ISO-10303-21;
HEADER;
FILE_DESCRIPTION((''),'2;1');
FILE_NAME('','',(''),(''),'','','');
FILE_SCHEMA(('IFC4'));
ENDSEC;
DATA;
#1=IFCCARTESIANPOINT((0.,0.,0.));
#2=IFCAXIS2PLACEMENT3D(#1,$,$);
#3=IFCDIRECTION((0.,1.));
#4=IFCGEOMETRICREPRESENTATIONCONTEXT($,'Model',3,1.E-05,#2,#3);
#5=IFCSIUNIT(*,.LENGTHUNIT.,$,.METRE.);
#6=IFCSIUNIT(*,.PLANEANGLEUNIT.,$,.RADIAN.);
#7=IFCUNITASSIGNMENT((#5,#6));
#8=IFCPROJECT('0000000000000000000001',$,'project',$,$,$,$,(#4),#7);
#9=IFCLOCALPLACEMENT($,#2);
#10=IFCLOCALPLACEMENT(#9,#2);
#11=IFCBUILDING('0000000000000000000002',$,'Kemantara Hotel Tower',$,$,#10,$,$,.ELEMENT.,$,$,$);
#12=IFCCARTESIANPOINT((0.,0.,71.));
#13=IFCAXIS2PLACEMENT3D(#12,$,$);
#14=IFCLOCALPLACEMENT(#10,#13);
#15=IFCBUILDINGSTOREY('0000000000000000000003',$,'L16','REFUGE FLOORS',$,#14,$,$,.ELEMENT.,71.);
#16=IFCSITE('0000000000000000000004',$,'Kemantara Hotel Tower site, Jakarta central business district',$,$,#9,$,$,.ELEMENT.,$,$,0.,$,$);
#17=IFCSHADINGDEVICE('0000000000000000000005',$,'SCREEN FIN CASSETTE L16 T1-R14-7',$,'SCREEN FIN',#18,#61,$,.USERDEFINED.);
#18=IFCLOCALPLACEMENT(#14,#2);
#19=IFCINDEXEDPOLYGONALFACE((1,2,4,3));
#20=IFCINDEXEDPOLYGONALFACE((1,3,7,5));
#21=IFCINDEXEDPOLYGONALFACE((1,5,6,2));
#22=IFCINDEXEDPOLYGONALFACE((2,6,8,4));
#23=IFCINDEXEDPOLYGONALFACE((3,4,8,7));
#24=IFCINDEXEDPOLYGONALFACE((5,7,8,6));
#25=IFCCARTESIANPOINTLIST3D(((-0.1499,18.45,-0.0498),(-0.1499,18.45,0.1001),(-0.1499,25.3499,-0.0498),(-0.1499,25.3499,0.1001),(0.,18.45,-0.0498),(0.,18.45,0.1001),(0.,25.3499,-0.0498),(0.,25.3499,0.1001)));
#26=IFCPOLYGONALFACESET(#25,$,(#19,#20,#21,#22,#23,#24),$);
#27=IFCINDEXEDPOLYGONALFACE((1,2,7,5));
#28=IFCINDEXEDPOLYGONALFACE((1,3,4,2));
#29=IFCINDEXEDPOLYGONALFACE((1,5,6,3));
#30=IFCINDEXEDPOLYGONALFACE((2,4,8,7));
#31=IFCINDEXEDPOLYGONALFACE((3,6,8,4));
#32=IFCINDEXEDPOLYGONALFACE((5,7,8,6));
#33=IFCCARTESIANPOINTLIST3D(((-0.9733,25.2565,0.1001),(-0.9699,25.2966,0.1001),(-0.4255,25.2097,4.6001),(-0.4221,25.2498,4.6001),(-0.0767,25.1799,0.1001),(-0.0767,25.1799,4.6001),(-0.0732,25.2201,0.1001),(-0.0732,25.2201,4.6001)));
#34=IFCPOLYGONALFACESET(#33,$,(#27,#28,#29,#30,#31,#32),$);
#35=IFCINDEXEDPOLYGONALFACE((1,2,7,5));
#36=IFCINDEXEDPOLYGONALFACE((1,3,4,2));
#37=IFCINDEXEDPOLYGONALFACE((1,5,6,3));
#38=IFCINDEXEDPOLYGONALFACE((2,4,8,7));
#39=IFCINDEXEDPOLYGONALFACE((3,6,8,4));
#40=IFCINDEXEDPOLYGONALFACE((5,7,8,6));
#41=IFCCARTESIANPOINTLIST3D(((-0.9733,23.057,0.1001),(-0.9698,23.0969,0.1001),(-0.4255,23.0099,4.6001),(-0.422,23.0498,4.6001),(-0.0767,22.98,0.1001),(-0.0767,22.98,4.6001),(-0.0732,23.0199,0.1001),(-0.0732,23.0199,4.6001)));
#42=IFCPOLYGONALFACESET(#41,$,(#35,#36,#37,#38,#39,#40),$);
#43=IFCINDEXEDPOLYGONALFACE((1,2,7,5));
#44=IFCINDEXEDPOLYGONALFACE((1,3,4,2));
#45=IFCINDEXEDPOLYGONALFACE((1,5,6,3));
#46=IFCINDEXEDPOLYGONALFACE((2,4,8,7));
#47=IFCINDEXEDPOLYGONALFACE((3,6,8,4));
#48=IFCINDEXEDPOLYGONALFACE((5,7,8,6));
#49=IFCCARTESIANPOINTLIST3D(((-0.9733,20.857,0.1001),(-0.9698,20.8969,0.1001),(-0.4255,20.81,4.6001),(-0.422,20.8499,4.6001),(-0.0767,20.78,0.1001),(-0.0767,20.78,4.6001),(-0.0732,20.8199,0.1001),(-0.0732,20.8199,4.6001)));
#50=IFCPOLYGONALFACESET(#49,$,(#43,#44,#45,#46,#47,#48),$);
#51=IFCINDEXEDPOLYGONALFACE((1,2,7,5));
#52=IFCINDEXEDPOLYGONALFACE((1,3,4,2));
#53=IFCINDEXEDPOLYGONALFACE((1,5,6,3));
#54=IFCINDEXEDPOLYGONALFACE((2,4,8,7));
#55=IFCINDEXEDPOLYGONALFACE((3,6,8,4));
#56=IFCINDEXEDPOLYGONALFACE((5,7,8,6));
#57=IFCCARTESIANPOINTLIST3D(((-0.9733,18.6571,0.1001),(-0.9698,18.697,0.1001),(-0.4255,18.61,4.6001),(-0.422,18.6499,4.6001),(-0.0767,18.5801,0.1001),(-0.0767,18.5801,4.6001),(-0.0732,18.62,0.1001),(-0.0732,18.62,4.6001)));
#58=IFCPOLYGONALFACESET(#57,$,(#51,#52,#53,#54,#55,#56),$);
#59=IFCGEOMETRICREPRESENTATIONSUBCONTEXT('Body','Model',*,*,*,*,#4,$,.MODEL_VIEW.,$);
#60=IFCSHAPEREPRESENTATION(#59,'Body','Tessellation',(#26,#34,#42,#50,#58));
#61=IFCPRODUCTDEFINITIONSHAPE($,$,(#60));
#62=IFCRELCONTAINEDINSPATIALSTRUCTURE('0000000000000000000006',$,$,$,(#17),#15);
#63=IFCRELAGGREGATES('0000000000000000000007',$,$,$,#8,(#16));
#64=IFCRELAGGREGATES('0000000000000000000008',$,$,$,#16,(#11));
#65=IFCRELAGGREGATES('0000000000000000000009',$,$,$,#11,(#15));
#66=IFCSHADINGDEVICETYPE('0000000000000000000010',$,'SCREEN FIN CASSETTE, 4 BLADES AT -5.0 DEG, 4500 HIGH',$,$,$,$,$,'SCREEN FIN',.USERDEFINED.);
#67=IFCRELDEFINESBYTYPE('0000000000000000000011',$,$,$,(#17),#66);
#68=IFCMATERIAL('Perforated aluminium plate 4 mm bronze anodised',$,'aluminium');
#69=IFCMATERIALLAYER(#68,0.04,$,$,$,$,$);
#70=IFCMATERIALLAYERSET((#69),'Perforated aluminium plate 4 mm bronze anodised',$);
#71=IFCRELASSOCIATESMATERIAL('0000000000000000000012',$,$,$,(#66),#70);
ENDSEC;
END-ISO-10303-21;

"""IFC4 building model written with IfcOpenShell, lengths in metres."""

from ifc_helpers import new_model, si_unit, direction, frame, origin, origin_2d, place, context, subcontext, project, spatial, polyline, rectangle, outline, extrude, source, transform, mapped, material, layer, layer_set, type_object, element, save


model = new_model("IFC4")

# Units and contexts
model_context = context("Model", 3, precision=1e-05, world=origin(), true_north=direction((0.0, 1.0)))
body_context = subcontext(model_context, "Body", "Model", "MODEL_VIEW")
ifc_project = project(units=[si_unit("LENGTHUNIT", "METRE"), si_unit("PLANEANGLEUNIT", "RADIAN")], contexts=[model_context])

# Site, building, storey
site_placement = place(None, origin())
site = spatial("IfcSite", under=ifc_project, at=site_placement, Name="Kemantara Hotel Tower site, Jakarta central business district", CompositionType="ELEMENT", RefElevation=0.0)
building_placement = place(site_placement, origin())
building = spatial("IfcBuilding", under=site, at=building_placement, Name="Kemantara Hotel Tower", CompositionType="ELEMENT")
storey_placement = place(building_placement, frame((0.0, 0.0, 71.0)))
storey = spatial("IfcBuildingStorey", under=building, at=storey_placement, Name="L16", Description="REFUGE FLOORS", CompositionType="ELEMENT", Elevation=71.0)

# Shading device
ifc_material_1 = material(Name="Perforated aluminium plate 4 mm bronze anodised", Category="aluminium")
ifc_layer_1 = layer(ifc_material_1, 0.04)
ifc_layer_set_1 = layer_set([ifc_layer_1], Name="Perforated aluminium plate 4 mm bronze anodised")
shading_device_type = type_object("IfcShadingDeviceType", Name="SCREEN FIN CASSETTE, 4 BLADES AT -5.0 DEG, 4500 HIGH", ElementType="SCREEN FIN", PredefinedType="USERDEFINED", material=ifc_layer_set_1)
shared_shape_1 = source(origin(), body_context, "Body", "SweptSolid", [
    extrude(rectangle(XDim=6.8999, YDim=0.1499, at=origin_2d()), frame((3.3, -0.075, -0.1499), z_axis=(0.0, 0.0, 1.0), x_axis=(1.0, 0.0, 0.0)), (0.0, 0.0, 1.0), 0.1499),
    extrude(outline(polyline([(0.0, 0.0), (0.8999, 0.0), (0.3501, 4.5), (0.0, 4.5), (0.0, 0.0)])), frame((0.02, -0.0767, 0.0), z_axis=(-0.996376, 0.085056, 0.0), x_axis=(-0.085056, -0.996376, 0.0)), (0.0, 0.0, 1.0), 0.0403),
    extrude(outline(polyline([(0.0, 0.0), (0.8999, 0.0), (0.3501, 4.5), (0.0, 4.5), (0.0, 0.0)])), frame((2.22, -0.0767, 0.0), z_axis=(-0.996332, 0.085575, 0.0), x_axis=(-0.085575, -0.996332, 0.0)), (0.0, 0.0, 1.0), 0.04),
    extrude(outline(polyline([(0.0, 0.0), (0.8999, 0.0), (0.3501, 4.5), (0.0, 4.5), (0.0, 0.0)])), frame((4.4199, -0.0767, 0.0), z_axis=(-0.996332, 0.085575, 0.0), x_axis=(-0.085575, -0.996332, 0.0)), (0.0, 0.0, 1.0), 0.04),
    extrude(outline(polyline([(0.0, 0.0), (0.8999, 0.0), (0.3501, 4.5), (0.0, 4.5), (0.0, 0.0)])), frame((6.6199, -0.0767, 0.0), z_axis=(-0.996332, 0.085575, 0.0), x_axis=(-0.085575, -0.996332, 0.0)), (0.0, 0.0, 1.0), 0.04),
])
for number, where, z_axis, x_axis, name in (
    (1, (0.0, 25.2, 0.1001), (0.0, 0.0, 1.0), (0.0, -1.0, 0.0), "SCREEN FIN CASSETTE L16 T1-R14-7"),
):
    element("IfcShadingDevice", number, at=place(storey_placement, frame(where, z_axis=z_axis, x_axis=x_axis)), inside=storey, type_object=shading_device_type, Name=name, ObjectType="SCREEN FIN", PredefinedType="USERDEFINED", context=body_context, shape_type="MappedRepresentation", body=[
        mapped(shared_shape_1, transform((0.0, 0.0, 0.0))),
    ])

save(model, "model.ifc")
